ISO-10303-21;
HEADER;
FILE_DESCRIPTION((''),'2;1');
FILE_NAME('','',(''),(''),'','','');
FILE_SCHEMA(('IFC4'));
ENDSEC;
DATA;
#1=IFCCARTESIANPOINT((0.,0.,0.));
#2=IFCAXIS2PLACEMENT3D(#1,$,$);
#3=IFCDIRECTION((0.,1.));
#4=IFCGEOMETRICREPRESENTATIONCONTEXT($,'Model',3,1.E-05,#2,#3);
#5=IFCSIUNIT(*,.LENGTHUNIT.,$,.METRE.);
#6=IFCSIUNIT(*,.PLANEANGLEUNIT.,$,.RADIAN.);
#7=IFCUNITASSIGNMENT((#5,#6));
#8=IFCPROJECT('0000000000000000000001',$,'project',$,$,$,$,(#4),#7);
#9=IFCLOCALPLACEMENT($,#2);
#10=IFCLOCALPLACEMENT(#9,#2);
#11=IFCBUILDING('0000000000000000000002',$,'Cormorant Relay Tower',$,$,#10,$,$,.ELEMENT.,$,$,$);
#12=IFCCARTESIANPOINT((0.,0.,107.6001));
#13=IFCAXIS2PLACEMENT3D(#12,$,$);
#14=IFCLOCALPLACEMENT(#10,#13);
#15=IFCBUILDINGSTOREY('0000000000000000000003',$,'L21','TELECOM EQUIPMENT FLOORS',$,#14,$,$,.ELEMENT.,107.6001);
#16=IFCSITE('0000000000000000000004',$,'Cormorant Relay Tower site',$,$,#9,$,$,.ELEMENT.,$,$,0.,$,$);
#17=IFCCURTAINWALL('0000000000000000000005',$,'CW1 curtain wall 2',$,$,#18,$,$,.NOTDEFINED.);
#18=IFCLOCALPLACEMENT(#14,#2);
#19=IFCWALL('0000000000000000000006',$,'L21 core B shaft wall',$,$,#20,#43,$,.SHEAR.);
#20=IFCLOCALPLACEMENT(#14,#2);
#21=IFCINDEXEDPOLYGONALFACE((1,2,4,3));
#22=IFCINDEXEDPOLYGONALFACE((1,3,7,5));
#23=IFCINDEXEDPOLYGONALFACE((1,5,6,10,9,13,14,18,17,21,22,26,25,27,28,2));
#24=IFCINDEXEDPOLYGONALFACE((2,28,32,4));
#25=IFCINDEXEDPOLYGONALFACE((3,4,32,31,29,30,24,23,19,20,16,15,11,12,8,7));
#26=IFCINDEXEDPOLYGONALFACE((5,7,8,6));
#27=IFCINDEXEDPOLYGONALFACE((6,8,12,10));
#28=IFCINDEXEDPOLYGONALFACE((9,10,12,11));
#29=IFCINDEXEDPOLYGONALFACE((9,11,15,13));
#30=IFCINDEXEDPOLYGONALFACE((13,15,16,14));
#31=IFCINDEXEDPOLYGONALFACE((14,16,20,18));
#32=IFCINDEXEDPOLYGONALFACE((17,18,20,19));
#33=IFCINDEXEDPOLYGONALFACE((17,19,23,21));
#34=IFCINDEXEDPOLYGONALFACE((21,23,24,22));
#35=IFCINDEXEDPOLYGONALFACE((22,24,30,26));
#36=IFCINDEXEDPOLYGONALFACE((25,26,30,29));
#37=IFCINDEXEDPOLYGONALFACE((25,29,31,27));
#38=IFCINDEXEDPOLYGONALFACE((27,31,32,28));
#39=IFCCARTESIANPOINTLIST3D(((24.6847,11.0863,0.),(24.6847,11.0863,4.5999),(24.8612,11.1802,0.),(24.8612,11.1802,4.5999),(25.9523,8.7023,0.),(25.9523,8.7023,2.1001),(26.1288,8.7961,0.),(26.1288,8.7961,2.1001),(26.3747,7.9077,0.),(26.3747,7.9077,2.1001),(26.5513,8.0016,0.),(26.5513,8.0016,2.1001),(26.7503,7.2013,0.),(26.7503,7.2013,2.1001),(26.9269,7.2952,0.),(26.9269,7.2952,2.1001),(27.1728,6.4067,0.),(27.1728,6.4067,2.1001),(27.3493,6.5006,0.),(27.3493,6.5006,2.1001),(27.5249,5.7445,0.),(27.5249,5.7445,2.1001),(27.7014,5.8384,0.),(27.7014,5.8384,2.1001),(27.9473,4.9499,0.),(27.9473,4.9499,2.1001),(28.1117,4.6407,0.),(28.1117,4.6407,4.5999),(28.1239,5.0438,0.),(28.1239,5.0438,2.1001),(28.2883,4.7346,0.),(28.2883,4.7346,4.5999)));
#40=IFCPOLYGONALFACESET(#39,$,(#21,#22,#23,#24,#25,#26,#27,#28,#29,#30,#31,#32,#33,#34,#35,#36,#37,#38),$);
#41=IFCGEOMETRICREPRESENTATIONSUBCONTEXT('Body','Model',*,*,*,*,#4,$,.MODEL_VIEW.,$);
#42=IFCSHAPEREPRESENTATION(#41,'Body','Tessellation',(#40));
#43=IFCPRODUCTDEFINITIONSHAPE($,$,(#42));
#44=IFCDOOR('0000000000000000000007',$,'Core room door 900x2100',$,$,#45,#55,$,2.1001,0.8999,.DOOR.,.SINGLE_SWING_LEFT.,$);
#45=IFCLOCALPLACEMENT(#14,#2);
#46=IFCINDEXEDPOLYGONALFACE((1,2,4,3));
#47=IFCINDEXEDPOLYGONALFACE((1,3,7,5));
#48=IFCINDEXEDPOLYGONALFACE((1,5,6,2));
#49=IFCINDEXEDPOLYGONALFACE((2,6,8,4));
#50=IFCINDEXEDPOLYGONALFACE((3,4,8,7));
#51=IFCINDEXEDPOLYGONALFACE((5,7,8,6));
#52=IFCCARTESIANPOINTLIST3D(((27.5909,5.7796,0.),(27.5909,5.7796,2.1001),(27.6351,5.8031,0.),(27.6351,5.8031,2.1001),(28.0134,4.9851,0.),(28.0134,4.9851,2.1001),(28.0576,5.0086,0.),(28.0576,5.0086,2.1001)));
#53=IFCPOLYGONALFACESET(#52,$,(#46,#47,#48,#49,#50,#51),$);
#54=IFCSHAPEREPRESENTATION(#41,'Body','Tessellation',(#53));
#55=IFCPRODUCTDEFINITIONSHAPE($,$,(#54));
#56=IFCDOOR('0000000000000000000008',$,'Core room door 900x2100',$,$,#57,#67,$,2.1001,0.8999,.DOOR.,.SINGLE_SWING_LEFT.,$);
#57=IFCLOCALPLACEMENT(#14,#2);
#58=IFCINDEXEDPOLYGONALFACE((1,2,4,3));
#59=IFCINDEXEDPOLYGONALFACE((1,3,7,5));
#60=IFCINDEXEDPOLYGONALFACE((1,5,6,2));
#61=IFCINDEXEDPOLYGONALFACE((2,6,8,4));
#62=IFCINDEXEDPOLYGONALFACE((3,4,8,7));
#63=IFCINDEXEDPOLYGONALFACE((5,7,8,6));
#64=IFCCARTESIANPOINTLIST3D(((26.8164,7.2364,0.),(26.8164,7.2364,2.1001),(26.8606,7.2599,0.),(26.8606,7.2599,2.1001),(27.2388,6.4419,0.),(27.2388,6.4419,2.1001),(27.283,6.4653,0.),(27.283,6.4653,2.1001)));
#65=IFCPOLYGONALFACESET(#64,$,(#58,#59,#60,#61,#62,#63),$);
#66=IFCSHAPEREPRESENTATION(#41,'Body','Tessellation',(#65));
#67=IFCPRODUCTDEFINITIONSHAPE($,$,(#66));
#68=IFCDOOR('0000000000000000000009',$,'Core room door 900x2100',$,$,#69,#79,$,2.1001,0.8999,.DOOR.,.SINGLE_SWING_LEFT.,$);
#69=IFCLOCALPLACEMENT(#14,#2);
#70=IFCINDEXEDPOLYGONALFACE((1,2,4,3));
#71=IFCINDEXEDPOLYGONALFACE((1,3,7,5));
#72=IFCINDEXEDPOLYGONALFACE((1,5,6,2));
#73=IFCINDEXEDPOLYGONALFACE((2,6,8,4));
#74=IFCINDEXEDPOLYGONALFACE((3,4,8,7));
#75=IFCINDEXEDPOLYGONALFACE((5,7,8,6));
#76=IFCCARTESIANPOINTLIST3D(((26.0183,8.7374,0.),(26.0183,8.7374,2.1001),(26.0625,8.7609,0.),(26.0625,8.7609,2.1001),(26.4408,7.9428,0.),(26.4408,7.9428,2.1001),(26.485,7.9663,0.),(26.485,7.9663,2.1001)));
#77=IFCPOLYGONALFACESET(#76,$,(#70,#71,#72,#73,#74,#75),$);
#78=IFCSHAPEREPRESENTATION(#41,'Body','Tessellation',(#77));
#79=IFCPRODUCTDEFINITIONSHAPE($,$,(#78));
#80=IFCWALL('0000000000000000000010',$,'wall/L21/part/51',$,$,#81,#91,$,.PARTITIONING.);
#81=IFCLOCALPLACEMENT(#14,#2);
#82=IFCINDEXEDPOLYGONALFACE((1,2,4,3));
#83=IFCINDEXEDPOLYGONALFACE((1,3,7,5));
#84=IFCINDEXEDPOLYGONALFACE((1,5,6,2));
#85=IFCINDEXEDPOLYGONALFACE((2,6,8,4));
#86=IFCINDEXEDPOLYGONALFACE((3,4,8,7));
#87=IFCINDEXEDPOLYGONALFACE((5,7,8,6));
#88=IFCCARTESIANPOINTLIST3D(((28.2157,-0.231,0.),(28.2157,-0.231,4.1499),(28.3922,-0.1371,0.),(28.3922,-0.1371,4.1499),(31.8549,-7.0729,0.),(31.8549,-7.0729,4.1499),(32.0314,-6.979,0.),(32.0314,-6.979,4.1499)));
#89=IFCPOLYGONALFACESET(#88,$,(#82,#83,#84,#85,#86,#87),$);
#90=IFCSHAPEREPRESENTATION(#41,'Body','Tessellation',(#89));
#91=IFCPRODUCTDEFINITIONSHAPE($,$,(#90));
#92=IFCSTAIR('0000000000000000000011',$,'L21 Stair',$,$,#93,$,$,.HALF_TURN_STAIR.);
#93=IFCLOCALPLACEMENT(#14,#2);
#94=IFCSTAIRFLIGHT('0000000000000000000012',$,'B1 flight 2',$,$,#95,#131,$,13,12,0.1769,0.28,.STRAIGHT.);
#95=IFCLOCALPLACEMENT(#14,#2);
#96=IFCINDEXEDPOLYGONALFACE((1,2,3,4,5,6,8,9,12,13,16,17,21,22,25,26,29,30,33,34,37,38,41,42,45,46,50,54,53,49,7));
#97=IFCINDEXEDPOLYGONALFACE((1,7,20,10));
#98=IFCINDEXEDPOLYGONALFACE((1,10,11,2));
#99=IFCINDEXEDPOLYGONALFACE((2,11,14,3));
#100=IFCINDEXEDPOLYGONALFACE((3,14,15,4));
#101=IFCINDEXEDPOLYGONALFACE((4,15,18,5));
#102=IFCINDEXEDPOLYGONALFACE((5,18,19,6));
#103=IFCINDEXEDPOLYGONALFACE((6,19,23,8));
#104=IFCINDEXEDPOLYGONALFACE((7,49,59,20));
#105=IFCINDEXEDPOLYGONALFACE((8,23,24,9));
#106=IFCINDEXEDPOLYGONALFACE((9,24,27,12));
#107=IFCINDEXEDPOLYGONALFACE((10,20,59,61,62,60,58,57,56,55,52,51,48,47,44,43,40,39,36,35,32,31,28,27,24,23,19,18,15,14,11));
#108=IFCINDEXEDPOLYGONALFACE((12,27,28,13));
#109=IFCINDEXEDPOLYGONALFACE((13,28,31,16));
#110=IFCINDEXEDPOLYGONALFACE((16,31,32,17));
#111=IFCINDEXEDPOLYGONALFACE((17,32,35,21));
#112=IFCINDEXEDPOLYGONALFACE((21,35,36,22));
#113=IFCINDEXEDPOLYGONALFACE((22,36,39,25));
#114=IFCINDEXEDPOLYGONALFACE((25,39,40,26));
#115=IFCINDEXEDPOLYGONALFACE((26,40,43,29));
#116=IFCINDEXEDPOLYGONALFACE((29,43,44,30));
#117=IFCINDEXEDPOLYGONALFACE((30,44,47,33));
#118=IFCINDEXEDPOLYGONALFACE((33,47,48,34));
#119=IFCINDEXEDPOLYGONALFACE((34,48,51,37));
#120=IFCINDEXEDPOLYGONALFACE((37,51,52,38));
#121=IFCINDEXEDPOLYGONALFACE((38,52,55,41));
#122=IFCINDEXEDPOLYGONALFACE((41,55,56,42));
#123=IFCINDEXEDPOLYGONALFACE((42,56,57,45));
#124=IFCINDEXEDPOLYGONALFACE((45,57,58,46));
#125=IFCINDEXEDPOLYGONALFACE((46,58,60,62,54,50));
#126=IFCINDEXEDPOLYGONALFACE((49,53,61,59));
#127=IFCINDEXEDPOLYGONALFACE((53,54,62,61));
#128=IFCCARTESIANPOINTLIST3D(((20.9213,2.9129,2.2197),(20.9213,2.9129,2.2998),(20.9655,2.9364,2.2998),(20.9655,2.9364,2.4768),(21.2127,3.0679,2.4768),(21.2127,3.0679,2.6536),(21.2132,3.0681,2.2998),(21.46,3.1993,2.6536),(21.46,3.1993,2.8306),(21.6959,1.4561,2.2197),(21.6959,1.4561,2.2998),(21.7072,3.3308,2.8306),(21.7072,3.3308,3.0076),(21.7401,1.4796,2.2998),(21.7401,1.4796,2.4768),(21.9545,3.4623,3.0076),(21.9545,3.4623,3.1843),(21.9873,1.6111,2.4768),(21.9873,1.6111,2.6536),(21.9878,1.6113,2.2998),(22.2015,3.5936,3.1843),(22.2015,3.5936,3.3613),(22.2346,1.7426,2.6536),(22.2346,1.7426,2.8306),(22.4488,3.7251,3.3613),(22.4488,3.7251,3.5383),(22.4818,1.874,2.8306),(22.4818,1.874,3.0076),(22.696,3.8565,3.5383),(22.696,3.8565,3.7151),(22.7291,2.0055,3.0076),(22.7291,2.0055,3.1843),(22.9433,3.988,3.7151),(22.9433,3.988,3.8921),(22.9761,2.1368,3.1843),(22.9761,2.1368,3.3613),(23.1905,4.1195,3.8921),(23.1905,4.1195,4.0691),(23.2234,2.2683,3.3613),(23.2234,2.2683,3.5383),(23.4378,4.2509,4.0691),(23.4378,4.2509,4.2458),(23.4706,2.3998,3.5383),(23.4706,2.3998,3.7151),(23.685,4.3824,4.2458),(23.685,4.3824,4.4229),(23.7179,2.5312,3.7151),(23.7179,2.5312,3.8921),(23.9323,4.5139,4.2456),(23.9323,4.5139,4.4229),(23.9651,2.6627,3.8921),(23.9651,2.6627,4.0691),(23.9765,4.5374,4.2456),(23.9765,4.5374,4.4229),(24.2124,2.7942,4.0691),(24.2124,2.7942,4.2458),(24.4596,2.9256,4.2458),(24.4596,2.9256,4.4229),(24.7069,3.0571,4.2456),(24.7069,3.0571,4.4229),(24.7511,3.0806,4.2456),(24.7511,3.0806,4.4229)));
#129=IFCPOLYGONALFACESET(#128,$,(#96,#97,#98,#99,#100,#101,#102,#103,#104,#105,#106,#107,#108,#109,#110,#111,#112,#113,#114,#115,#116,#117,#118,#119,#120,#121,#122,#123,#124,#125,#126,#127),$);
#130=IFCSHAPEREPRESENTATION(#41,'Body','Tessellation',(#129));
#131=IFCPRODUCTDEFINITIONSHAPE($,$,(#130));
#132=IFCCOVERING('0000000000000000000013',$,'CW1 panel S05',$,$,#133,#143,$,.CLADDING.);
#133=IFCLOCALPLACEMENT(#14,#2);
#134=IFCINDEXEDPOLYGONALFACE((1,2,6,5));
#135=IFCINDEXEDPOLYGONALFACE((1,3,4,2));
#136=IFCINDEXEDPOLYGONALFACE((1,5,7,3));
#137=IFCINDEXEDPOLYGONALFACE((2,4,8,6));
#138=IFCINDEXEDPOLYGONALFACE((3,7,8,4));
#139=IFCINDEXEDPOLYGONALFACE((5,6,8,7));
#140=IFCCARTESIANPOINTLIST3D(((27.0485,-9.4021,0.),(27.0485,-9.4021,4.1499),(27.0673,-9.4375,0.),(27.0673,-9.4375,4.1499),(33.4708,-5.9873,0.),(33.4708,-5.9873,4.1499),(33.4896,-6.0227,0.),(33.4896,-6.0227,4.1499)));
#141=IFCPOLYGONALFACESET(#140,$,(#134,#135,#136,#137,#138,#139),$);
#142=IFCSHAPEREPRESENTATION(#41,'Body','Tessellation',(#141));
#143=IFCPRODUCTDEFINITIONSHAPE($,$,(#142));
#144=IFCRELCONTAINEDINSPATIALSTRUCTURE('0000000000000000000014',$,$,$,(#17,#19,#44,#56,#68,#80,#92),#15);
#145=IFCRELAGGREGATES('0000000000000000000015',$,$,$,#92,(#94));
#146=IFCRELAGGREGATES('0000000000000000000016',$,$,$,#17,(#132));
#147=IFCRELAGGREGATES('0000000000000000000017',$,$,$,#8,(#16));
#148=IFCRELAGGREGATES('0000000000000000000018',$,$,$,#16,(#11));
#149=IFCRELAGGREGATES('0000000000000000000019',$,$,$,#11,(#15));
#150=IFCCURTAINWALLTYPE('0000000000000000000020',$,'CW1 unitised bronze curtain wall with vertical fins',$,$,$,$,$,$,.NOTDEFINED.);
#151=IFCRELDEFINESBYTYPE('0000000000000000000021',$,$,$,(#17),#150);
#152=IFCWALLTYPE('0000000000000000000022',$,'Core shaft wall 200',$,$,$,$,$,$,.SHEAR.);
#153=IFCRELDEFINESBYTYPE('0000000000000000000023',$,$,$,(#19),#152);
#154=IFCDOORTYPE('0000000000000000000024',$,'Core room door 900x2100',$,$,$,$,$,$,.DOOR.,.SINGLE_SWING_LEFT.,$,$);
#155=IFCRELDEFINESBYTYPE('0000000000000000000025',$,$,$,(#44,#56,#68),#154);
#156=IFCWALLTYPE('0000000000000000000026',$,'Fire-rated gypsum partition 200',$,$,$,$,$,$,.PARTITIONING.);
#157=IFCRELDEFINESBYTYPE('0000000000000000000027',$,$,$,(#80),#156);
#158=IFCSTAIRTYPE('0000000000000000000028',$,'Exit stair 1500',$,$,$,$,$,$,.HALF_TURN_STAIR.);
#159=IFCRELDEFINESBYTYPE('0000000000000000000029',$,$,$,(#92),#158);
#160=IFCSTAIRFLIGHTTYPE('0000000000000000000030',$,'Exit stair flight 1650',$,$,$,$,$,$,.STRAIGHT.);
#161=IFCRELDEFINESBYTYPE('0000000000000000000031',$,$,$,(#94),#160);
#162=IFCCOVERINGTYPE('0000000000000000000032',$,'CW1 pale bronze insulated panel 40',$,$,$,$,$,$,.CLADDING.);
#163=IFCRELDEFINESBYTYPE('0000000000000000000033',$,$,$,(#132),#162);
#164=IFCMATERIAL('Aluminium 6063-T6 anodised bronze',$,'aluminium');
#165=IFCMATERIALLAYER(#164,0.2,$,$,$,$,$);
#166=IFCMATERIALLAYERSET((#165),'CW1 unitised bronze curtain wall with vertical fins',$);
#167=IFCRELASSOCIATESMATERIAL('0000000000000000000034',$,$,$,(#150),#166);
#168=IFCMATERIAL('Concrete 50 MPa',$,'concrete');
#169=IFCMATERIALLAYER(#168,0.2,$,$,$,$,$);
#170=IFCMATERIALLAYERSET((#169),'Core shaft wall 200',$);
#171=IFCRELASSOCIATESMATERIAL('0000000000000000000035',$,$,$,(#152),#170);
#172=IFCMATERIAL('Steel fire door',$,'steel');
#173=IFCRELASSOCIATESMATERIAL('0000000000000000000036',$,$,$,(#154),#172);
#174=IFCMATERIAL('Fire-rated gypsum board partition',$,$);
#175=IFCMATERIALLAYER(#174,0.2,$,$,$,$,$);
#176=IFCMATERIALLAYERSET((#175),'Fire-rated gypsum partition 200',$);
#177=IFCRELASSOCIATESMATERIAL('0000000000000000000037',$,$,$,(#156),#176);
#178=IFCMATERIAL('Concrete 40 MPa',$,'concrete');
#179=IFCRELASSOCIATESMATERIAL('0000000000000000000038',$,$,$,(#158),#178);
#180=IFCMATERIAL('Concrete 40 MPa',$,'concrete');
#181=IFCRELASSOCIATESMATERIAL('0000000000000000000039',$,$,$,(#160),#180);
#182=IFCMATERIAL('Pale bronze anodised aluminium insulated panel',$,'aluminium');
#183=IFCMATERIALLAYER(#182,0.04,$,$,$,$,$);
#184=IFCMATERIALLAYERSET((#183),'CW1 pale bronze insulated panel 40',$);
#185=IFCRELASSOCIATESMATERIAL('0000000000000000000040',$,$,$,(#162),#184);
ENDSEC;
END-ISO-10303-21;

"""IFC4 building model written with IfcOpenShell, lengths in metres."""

from ifc_helpers import new_model, si_unit, direction, frame, frame_2d, origin, origin_2d, place, context, subcontext, project, spatial, polyline, rectangle, outline, extrude, material, layer, layer_set, type_object, element, fill, aggregate, save


model = new_model("IFC4")

# Units and contexts
model_context = context("Model", 3, precision=1e-05, world=origin(), true_north=direction((0.0, 1.0)))
body_context = subcontext(model_context, "Body", "Model", "MODEL_VIEW")
ifc_project = project(units=[si_unit("LENGTHUNIT", "METRE"), si_unit("PLANEANGLEUNIT", "RADIAN")], contexts=[model_context])

# Site, building, storey
site_placement = place(None, origin())
site = spatial("IfcSite", under=ifc_project, at=site_placement, Name="Cormorant Relay Tower site", CompositionType="ELEMENT", RefElevation=0.0)
building_placement = place(site_placement, origin())
building = spatial("IfcBuilding", under=site, at=building_placement, Name="Cormorant Relay Tower", CompositionType="ELEMENT")
storey_placement = place(building_placement, frame((0.0, 0.0, 107.6001)))
storey = spatial("IfcBuildingStorey", under=building, at=storey_placement, Name="L21", Description="TELECOM EQUIPMENT FLOORS", CompositionType="ELEMENT", Elevation=107.6001)

# Curtain wall
ifc_material_1 = material(Name="Aluminium 6063-T6 anodised bronze", Category="aluminium")
ifc_layer_1 = layer(ifc_material_1, 0.2)
ifc_layer_set_1 = layer_set([ifc_layer_1], Name="CW1 unitised bronze curtain wall with vertical fins")
curtain_wall_type = type_object("IfcCurtainWallType", Name="CW1 unitised bronze curtain wall with vertical fins", PredefinedType="NOTDEFINED", material=ifc_layer_set_1)
curtain_wall_placement = place(storey_placement, origin())
curtain_wall = element("IfcCurtainWall", 1, at=curtain_wall_placement, inside=storey, type_object=curtain_wall_type, Name="CW1 curtain wall 2", PredefinedType="NOTDEFINED")

# Shared definitions
ifc_material_2 = material(Name="Concrete 50 MPa", Category="concrete")
ifc_layer_2 = layer(ifc_material_2, 0.2)
ifc_layer_set_2 = layer_set([ifc_layer_2], Name="Core shaft wall 200")
wall_type_1 = type_object("IfcWallType", Name="Core shaft wall 200", PredefinedType="SHEAR", material=ifc_layer_set_2)

# Wall, openings, doors
wall_1_placement = place(storey_placement, frame((28.2, 4.6877, 0.0), z_axis=(0.0, 0.0, 1.0), x_axis=(-0.469454, 0.882957, 0.0)))
wall_1 = element("IfcWall", 2, at=wall_1_placement, inside=storey, type_object=wall_type_1, Name="L21 core B shaft wall", PredefinedType="SHEAR", context=body_context, shape_type="SweptSolid", body=[
    extrude(rectangle(XDim=7.3, YDim=0.2, at=frame_2d((3.6499, 0.0))), origin(), (0.0, 0.0, 1.0), 4.5999),
])
opening_1_placement = place(wall_1_placement, frame((0.3501, 0.0, 0.0)))
opening_1 = element("IfcOpeningElement", 3, at=opening_1_placement, cuts=wall_1, PredefinedType="OPENING", context=body_context, shape_type="SweptSolid", body=[
    extrude(rectangle(XDim=0.8999, YDim=2.1001, at=frame_2d((0.45, 1.05))), frame((0.0, 0.1099, 0.0), z_axis=(0.0, -1.0, 0.0), x_axis=(1.0, 0.0, 0.0)), (0.0, 0.0, 1.0), 0.22),
])
opening_2_placement = place(wall_1_placement, frame((2.0, 0.0, 0.0)))
opening_2 = element("IfcOpeningElement", 4, at=opening_2_placement, cuts=wall_1, PredefinedType="OPENING", context=body_context, shape_type="SweptSolid", body=[
    extrude(rectangle(XDim=0.8999, YDim=2.1001, at=frame_2d((0.45, 1.05))), frame((0.0, 0.1099, 0.0), z_axis=(0.0, -1.0, 0.0), x_axis=(1.0, 0.0, 0.0)), (0.0, 0.0, 1.0), 0.22),
])
opening_3_placement = place(wall_1_placement, frame((3.7, 0.0, 0.0)))
opening_3 = element("IfcOpeningElement", 5, at=opening_3_placement, cuts=wall_1, PredefinedType="OPENING", context=body_context, shape_type="SweptSolid", body=[
    extrude(rectangle(XDim=0.8999, YDim=2.1001, at=frame_2d((0.45, 1.05))), frame((0.0, 0.1099, 0.0), z_axis=(0.0, -1.0, 0.0), x_axis=(1.0, 0.0, 0.0)), (0.0, 0.0, 1.0), 0.22),
])
ifc_material_3 = material(Name="Steel fire door", Category="steel")
door_type_1 = type_object("IfcDoorType", Name="Core room door 900x2100", OperationType="SINGLE_SWING_LEFT", PredefinedType="DOOR", material=ifc_material_3)
door_1_placement = place(opening_1_placement, frame((0.8999, 0.0, 0.0), z_axis=(0.0, 0.0, 1.0), x_axis=(-1.0, 0.0, 0.0)))
door_1 = element("IfcDoor", 6, at=door_1_placement, inside=storey, type_object=door_type_1, Name="Core room door 900x2100", OperationType="SINGLE_SWING_LEFT", OverallHeight=2.1001, OverallWidth=0.8999, PredefinedType="DOOR", context=body_context, shape_type="SweptSolid", body=[
    extrude(rectangle(XDim=0.8999, YDim=2.1001, at=frame_2d((0.45, 1.05))), frame((0.0, 0.0249, 0.0), z_axis=(0.0, -1.0, 0.0), x_axis=(1.0, 0.0, 0.0)), (0.0, 0.0, 1.0), 0.05),
])
fill(opening_1, door_1)
door_2_placement = place(opening_2_placement, frame((0.8999, 0.0, 0.0), z_axis=(0.0, 0.0, 1.0), x_axis=(-1.0, 0.0, 0.0)))
door_2 = element("IfcDoor", 7, at=door_2_placement, inside=storey, type_object=door_type_1, Name="Core room door 900x2100", OperationType="SINGLE_SWING_LEFT", OverallHeight=2.1001, OverallWidth=0.8999, PredefinedType="DOOR", context=body_context, shape_type="SweptSolid", body=[
    extrude(rectangle(XDim=0.8999, YDim=2.1001, at=frame_2d((0.45, 1.05))), frame((0.0, 0.0249, 0.0), z_axis=(0.0, -1.0, 0.0), x_axis=(1.0, 0.0, 0.0)), (0.0, 0.0, 1.0), 0.05),
])
fill(opening_2, door_2)
door_3_placement = place(opening_3_placement, frame((0.8999, 0.0, 0.0), z_axis=(0.0, 0.0, 1.0), x_axis=(-1.0, 0.0, 0.0)))
door_3 = element("IfcDoor", 8, at=door_3_placement, inside=storey, type_object=door_type_1, Name="Core room door 900x2100", OperationType="SINGLE_SWING_LEFT", OverallHeight=2.1001, OverallWidth=0.8999, PredefinedType="DOOR", context=body_context, shape_type="SweptSolid", body=[
    extrude(rectangle(XDim=0.8999, YDim=2.1001, at=frame_2d((0.45, 1.05))), frame((0.0, 0.0249, 0.0), z_axis=(0.0, -1.0, 0.0), x_axis=(1.0, 0.0, 0.0)), (0.0, 0.0, 1.0), 0.05),
])
fill(opening_3, door_3)

# Wall
ifc_material_4 = material(Name="Fire-rated gypsum board partition")
ifc_layer_3 = layer(ifc_material_4, 0.2)
ifc_layer_set_3 = layer_set([ifc_layer_3], Name="Fire-rated gypsum partition 200")
wall_type_2 = type_object("IfcWallType", Name="Fire-rated gypsum partition 200", PredefinedType="PARTITIONING", material=ifc_layer_set_3)
wall_2_placement = place(storey_placement, frame((28.304, -0.1841, 0.0), z_axis=(0.0, 0.0, 1.0), x_axis=(0.469604, -0.882877, 0.0)))
element("IfcWall", 9, at=wall_2_placement, inside=storey, type_object=wall_type_2, Name="wall/L21/part/51", PredefinedType="PARTITIONING", context=body_context, shape_type="SweptSolid", body=[
    extrude(rectangle(XDim=7.7495, YDim=0.2, at=frame_2d((3.8748, 0.0))), origin(), (0.0, 0.0, 1.0), 4.1499),
])

# Stair, stair flight
ifc_material_5 = material(Name="Concrete 40 MPa", Category="concrete")
stair_type = type_object("IfcStairType", Name="Exit stair 1500", PredefinedType="HALF_TURN_STAIR", material=ifc_material_5)
stair_placement = place(storey_placement, origin())
stair = element("IfcStair", 10, at=stair_placement, inside=storey, type_object=stair_type, Name="L21 Stair", PredefinedType="HALF_TURN_STAIR")
ifc_material_6 = material(Name="Concrete 40 MPa", Category="concrete")
stair_flight_type = type_object("IfcStairFlightType", Name="Exit stair flight 1650", PredefinedType="STRAIGHT", material=ifc_material_6)
stair_flight_placement = place(storey_placement, frame((21.3528, 2.208, 2.2998), z_axis=(0.0, 0.0, 1.0), x_axis=(0.882948, 0.469472, 0.0)))
stair_flight = element("IfcStairFlight", 11, at=stair_flight_placement, type_object=stair_flight_type, Name="B1 flight 2", NumberOfRisers=13, NumberOfTreads=12, PredefinedType="STRAIGHT", RiserHeight=0.1769, TreadLength=0.28, context=body_context, shape_type="SweptSolid", body=[
    extrude(outline(polyline([(-0.05, -0.0801), (-0.05, 0.0), (0.0, 0.0), (0.0, 0.177), (0.28, 0.177), (0.28, 0.3538), (0.5601, 0.3538), (0.5601, 0.5308), (0.8401, 0.5308), (0.8401, 0.7078), (1.1201, 0.7078), (1.1201, 0.8845), (1.3999, 0.8845), (1.3999, 1.0615), (1.6799, 1.0615), (1.6799, 1.2385), (1.96, 1.2385), (1.96, 1.4153), (2.24, 1.4153), (2.24, 1.5923), (2.52, 1.5923), (2.52, 1.7693), (2.8, 1.7693), (2.8, 1.946), (3.0801, 1.946), (3.0801, 2.123), (3.3601, 2.123), (3.4102, 2.123), (3.4102, 1.9458), (3.3601, 1.9458), (0.2805, 0.0), (-0.05, -0.0801)])), frame((0.0, 0.825, 0.0), z_axis=(0.0, -1.0, 0.0), x_axis=(1.0, 0.0, 0.0)), (0.0, 0.0, 1.0), 1.6499),
])
aggregate(stair, [stair_flight])

# Covering
ifc_material_7 = material(Name="Pale bronze anodised aluminium insulated panel", Category="aluminium")
ifc_layer_4 = layer(ifc_material_7, 0.04)
ifc_layer_set_4 = layer_set([ifc_layer_4], Name="CW1 pale bronze insulated panel 40")
covering_type = type_object("IfcCoveringType", Name="CW1 pale bronze insulated panel 40", PredefinedType="CLADDING", material=ifc_layer_set_4)
covering_placement = place(storey_placement, frame((30.269, -7.7124, 0.0), z_axis=(0.0, 0.0, 1.0), x_axis=(0.882948, 0.469472, 0.0)))
covering = element("IfcCovering", 12, at=covering_placement, type_object=covering_type, Name="CW1 panel S05", PredefinedType="CLADDING", context=body_context, shape_type="SweptSolid", body=[
    extrude(rectangle(XDim=7.2737, YDim=0.04, at=origin_2d()), origin(), (0.0, 0.0, 1.0), 4.1499),
])
aggregate(curtain_wall, [covering])

save(model, "model.ifc")
